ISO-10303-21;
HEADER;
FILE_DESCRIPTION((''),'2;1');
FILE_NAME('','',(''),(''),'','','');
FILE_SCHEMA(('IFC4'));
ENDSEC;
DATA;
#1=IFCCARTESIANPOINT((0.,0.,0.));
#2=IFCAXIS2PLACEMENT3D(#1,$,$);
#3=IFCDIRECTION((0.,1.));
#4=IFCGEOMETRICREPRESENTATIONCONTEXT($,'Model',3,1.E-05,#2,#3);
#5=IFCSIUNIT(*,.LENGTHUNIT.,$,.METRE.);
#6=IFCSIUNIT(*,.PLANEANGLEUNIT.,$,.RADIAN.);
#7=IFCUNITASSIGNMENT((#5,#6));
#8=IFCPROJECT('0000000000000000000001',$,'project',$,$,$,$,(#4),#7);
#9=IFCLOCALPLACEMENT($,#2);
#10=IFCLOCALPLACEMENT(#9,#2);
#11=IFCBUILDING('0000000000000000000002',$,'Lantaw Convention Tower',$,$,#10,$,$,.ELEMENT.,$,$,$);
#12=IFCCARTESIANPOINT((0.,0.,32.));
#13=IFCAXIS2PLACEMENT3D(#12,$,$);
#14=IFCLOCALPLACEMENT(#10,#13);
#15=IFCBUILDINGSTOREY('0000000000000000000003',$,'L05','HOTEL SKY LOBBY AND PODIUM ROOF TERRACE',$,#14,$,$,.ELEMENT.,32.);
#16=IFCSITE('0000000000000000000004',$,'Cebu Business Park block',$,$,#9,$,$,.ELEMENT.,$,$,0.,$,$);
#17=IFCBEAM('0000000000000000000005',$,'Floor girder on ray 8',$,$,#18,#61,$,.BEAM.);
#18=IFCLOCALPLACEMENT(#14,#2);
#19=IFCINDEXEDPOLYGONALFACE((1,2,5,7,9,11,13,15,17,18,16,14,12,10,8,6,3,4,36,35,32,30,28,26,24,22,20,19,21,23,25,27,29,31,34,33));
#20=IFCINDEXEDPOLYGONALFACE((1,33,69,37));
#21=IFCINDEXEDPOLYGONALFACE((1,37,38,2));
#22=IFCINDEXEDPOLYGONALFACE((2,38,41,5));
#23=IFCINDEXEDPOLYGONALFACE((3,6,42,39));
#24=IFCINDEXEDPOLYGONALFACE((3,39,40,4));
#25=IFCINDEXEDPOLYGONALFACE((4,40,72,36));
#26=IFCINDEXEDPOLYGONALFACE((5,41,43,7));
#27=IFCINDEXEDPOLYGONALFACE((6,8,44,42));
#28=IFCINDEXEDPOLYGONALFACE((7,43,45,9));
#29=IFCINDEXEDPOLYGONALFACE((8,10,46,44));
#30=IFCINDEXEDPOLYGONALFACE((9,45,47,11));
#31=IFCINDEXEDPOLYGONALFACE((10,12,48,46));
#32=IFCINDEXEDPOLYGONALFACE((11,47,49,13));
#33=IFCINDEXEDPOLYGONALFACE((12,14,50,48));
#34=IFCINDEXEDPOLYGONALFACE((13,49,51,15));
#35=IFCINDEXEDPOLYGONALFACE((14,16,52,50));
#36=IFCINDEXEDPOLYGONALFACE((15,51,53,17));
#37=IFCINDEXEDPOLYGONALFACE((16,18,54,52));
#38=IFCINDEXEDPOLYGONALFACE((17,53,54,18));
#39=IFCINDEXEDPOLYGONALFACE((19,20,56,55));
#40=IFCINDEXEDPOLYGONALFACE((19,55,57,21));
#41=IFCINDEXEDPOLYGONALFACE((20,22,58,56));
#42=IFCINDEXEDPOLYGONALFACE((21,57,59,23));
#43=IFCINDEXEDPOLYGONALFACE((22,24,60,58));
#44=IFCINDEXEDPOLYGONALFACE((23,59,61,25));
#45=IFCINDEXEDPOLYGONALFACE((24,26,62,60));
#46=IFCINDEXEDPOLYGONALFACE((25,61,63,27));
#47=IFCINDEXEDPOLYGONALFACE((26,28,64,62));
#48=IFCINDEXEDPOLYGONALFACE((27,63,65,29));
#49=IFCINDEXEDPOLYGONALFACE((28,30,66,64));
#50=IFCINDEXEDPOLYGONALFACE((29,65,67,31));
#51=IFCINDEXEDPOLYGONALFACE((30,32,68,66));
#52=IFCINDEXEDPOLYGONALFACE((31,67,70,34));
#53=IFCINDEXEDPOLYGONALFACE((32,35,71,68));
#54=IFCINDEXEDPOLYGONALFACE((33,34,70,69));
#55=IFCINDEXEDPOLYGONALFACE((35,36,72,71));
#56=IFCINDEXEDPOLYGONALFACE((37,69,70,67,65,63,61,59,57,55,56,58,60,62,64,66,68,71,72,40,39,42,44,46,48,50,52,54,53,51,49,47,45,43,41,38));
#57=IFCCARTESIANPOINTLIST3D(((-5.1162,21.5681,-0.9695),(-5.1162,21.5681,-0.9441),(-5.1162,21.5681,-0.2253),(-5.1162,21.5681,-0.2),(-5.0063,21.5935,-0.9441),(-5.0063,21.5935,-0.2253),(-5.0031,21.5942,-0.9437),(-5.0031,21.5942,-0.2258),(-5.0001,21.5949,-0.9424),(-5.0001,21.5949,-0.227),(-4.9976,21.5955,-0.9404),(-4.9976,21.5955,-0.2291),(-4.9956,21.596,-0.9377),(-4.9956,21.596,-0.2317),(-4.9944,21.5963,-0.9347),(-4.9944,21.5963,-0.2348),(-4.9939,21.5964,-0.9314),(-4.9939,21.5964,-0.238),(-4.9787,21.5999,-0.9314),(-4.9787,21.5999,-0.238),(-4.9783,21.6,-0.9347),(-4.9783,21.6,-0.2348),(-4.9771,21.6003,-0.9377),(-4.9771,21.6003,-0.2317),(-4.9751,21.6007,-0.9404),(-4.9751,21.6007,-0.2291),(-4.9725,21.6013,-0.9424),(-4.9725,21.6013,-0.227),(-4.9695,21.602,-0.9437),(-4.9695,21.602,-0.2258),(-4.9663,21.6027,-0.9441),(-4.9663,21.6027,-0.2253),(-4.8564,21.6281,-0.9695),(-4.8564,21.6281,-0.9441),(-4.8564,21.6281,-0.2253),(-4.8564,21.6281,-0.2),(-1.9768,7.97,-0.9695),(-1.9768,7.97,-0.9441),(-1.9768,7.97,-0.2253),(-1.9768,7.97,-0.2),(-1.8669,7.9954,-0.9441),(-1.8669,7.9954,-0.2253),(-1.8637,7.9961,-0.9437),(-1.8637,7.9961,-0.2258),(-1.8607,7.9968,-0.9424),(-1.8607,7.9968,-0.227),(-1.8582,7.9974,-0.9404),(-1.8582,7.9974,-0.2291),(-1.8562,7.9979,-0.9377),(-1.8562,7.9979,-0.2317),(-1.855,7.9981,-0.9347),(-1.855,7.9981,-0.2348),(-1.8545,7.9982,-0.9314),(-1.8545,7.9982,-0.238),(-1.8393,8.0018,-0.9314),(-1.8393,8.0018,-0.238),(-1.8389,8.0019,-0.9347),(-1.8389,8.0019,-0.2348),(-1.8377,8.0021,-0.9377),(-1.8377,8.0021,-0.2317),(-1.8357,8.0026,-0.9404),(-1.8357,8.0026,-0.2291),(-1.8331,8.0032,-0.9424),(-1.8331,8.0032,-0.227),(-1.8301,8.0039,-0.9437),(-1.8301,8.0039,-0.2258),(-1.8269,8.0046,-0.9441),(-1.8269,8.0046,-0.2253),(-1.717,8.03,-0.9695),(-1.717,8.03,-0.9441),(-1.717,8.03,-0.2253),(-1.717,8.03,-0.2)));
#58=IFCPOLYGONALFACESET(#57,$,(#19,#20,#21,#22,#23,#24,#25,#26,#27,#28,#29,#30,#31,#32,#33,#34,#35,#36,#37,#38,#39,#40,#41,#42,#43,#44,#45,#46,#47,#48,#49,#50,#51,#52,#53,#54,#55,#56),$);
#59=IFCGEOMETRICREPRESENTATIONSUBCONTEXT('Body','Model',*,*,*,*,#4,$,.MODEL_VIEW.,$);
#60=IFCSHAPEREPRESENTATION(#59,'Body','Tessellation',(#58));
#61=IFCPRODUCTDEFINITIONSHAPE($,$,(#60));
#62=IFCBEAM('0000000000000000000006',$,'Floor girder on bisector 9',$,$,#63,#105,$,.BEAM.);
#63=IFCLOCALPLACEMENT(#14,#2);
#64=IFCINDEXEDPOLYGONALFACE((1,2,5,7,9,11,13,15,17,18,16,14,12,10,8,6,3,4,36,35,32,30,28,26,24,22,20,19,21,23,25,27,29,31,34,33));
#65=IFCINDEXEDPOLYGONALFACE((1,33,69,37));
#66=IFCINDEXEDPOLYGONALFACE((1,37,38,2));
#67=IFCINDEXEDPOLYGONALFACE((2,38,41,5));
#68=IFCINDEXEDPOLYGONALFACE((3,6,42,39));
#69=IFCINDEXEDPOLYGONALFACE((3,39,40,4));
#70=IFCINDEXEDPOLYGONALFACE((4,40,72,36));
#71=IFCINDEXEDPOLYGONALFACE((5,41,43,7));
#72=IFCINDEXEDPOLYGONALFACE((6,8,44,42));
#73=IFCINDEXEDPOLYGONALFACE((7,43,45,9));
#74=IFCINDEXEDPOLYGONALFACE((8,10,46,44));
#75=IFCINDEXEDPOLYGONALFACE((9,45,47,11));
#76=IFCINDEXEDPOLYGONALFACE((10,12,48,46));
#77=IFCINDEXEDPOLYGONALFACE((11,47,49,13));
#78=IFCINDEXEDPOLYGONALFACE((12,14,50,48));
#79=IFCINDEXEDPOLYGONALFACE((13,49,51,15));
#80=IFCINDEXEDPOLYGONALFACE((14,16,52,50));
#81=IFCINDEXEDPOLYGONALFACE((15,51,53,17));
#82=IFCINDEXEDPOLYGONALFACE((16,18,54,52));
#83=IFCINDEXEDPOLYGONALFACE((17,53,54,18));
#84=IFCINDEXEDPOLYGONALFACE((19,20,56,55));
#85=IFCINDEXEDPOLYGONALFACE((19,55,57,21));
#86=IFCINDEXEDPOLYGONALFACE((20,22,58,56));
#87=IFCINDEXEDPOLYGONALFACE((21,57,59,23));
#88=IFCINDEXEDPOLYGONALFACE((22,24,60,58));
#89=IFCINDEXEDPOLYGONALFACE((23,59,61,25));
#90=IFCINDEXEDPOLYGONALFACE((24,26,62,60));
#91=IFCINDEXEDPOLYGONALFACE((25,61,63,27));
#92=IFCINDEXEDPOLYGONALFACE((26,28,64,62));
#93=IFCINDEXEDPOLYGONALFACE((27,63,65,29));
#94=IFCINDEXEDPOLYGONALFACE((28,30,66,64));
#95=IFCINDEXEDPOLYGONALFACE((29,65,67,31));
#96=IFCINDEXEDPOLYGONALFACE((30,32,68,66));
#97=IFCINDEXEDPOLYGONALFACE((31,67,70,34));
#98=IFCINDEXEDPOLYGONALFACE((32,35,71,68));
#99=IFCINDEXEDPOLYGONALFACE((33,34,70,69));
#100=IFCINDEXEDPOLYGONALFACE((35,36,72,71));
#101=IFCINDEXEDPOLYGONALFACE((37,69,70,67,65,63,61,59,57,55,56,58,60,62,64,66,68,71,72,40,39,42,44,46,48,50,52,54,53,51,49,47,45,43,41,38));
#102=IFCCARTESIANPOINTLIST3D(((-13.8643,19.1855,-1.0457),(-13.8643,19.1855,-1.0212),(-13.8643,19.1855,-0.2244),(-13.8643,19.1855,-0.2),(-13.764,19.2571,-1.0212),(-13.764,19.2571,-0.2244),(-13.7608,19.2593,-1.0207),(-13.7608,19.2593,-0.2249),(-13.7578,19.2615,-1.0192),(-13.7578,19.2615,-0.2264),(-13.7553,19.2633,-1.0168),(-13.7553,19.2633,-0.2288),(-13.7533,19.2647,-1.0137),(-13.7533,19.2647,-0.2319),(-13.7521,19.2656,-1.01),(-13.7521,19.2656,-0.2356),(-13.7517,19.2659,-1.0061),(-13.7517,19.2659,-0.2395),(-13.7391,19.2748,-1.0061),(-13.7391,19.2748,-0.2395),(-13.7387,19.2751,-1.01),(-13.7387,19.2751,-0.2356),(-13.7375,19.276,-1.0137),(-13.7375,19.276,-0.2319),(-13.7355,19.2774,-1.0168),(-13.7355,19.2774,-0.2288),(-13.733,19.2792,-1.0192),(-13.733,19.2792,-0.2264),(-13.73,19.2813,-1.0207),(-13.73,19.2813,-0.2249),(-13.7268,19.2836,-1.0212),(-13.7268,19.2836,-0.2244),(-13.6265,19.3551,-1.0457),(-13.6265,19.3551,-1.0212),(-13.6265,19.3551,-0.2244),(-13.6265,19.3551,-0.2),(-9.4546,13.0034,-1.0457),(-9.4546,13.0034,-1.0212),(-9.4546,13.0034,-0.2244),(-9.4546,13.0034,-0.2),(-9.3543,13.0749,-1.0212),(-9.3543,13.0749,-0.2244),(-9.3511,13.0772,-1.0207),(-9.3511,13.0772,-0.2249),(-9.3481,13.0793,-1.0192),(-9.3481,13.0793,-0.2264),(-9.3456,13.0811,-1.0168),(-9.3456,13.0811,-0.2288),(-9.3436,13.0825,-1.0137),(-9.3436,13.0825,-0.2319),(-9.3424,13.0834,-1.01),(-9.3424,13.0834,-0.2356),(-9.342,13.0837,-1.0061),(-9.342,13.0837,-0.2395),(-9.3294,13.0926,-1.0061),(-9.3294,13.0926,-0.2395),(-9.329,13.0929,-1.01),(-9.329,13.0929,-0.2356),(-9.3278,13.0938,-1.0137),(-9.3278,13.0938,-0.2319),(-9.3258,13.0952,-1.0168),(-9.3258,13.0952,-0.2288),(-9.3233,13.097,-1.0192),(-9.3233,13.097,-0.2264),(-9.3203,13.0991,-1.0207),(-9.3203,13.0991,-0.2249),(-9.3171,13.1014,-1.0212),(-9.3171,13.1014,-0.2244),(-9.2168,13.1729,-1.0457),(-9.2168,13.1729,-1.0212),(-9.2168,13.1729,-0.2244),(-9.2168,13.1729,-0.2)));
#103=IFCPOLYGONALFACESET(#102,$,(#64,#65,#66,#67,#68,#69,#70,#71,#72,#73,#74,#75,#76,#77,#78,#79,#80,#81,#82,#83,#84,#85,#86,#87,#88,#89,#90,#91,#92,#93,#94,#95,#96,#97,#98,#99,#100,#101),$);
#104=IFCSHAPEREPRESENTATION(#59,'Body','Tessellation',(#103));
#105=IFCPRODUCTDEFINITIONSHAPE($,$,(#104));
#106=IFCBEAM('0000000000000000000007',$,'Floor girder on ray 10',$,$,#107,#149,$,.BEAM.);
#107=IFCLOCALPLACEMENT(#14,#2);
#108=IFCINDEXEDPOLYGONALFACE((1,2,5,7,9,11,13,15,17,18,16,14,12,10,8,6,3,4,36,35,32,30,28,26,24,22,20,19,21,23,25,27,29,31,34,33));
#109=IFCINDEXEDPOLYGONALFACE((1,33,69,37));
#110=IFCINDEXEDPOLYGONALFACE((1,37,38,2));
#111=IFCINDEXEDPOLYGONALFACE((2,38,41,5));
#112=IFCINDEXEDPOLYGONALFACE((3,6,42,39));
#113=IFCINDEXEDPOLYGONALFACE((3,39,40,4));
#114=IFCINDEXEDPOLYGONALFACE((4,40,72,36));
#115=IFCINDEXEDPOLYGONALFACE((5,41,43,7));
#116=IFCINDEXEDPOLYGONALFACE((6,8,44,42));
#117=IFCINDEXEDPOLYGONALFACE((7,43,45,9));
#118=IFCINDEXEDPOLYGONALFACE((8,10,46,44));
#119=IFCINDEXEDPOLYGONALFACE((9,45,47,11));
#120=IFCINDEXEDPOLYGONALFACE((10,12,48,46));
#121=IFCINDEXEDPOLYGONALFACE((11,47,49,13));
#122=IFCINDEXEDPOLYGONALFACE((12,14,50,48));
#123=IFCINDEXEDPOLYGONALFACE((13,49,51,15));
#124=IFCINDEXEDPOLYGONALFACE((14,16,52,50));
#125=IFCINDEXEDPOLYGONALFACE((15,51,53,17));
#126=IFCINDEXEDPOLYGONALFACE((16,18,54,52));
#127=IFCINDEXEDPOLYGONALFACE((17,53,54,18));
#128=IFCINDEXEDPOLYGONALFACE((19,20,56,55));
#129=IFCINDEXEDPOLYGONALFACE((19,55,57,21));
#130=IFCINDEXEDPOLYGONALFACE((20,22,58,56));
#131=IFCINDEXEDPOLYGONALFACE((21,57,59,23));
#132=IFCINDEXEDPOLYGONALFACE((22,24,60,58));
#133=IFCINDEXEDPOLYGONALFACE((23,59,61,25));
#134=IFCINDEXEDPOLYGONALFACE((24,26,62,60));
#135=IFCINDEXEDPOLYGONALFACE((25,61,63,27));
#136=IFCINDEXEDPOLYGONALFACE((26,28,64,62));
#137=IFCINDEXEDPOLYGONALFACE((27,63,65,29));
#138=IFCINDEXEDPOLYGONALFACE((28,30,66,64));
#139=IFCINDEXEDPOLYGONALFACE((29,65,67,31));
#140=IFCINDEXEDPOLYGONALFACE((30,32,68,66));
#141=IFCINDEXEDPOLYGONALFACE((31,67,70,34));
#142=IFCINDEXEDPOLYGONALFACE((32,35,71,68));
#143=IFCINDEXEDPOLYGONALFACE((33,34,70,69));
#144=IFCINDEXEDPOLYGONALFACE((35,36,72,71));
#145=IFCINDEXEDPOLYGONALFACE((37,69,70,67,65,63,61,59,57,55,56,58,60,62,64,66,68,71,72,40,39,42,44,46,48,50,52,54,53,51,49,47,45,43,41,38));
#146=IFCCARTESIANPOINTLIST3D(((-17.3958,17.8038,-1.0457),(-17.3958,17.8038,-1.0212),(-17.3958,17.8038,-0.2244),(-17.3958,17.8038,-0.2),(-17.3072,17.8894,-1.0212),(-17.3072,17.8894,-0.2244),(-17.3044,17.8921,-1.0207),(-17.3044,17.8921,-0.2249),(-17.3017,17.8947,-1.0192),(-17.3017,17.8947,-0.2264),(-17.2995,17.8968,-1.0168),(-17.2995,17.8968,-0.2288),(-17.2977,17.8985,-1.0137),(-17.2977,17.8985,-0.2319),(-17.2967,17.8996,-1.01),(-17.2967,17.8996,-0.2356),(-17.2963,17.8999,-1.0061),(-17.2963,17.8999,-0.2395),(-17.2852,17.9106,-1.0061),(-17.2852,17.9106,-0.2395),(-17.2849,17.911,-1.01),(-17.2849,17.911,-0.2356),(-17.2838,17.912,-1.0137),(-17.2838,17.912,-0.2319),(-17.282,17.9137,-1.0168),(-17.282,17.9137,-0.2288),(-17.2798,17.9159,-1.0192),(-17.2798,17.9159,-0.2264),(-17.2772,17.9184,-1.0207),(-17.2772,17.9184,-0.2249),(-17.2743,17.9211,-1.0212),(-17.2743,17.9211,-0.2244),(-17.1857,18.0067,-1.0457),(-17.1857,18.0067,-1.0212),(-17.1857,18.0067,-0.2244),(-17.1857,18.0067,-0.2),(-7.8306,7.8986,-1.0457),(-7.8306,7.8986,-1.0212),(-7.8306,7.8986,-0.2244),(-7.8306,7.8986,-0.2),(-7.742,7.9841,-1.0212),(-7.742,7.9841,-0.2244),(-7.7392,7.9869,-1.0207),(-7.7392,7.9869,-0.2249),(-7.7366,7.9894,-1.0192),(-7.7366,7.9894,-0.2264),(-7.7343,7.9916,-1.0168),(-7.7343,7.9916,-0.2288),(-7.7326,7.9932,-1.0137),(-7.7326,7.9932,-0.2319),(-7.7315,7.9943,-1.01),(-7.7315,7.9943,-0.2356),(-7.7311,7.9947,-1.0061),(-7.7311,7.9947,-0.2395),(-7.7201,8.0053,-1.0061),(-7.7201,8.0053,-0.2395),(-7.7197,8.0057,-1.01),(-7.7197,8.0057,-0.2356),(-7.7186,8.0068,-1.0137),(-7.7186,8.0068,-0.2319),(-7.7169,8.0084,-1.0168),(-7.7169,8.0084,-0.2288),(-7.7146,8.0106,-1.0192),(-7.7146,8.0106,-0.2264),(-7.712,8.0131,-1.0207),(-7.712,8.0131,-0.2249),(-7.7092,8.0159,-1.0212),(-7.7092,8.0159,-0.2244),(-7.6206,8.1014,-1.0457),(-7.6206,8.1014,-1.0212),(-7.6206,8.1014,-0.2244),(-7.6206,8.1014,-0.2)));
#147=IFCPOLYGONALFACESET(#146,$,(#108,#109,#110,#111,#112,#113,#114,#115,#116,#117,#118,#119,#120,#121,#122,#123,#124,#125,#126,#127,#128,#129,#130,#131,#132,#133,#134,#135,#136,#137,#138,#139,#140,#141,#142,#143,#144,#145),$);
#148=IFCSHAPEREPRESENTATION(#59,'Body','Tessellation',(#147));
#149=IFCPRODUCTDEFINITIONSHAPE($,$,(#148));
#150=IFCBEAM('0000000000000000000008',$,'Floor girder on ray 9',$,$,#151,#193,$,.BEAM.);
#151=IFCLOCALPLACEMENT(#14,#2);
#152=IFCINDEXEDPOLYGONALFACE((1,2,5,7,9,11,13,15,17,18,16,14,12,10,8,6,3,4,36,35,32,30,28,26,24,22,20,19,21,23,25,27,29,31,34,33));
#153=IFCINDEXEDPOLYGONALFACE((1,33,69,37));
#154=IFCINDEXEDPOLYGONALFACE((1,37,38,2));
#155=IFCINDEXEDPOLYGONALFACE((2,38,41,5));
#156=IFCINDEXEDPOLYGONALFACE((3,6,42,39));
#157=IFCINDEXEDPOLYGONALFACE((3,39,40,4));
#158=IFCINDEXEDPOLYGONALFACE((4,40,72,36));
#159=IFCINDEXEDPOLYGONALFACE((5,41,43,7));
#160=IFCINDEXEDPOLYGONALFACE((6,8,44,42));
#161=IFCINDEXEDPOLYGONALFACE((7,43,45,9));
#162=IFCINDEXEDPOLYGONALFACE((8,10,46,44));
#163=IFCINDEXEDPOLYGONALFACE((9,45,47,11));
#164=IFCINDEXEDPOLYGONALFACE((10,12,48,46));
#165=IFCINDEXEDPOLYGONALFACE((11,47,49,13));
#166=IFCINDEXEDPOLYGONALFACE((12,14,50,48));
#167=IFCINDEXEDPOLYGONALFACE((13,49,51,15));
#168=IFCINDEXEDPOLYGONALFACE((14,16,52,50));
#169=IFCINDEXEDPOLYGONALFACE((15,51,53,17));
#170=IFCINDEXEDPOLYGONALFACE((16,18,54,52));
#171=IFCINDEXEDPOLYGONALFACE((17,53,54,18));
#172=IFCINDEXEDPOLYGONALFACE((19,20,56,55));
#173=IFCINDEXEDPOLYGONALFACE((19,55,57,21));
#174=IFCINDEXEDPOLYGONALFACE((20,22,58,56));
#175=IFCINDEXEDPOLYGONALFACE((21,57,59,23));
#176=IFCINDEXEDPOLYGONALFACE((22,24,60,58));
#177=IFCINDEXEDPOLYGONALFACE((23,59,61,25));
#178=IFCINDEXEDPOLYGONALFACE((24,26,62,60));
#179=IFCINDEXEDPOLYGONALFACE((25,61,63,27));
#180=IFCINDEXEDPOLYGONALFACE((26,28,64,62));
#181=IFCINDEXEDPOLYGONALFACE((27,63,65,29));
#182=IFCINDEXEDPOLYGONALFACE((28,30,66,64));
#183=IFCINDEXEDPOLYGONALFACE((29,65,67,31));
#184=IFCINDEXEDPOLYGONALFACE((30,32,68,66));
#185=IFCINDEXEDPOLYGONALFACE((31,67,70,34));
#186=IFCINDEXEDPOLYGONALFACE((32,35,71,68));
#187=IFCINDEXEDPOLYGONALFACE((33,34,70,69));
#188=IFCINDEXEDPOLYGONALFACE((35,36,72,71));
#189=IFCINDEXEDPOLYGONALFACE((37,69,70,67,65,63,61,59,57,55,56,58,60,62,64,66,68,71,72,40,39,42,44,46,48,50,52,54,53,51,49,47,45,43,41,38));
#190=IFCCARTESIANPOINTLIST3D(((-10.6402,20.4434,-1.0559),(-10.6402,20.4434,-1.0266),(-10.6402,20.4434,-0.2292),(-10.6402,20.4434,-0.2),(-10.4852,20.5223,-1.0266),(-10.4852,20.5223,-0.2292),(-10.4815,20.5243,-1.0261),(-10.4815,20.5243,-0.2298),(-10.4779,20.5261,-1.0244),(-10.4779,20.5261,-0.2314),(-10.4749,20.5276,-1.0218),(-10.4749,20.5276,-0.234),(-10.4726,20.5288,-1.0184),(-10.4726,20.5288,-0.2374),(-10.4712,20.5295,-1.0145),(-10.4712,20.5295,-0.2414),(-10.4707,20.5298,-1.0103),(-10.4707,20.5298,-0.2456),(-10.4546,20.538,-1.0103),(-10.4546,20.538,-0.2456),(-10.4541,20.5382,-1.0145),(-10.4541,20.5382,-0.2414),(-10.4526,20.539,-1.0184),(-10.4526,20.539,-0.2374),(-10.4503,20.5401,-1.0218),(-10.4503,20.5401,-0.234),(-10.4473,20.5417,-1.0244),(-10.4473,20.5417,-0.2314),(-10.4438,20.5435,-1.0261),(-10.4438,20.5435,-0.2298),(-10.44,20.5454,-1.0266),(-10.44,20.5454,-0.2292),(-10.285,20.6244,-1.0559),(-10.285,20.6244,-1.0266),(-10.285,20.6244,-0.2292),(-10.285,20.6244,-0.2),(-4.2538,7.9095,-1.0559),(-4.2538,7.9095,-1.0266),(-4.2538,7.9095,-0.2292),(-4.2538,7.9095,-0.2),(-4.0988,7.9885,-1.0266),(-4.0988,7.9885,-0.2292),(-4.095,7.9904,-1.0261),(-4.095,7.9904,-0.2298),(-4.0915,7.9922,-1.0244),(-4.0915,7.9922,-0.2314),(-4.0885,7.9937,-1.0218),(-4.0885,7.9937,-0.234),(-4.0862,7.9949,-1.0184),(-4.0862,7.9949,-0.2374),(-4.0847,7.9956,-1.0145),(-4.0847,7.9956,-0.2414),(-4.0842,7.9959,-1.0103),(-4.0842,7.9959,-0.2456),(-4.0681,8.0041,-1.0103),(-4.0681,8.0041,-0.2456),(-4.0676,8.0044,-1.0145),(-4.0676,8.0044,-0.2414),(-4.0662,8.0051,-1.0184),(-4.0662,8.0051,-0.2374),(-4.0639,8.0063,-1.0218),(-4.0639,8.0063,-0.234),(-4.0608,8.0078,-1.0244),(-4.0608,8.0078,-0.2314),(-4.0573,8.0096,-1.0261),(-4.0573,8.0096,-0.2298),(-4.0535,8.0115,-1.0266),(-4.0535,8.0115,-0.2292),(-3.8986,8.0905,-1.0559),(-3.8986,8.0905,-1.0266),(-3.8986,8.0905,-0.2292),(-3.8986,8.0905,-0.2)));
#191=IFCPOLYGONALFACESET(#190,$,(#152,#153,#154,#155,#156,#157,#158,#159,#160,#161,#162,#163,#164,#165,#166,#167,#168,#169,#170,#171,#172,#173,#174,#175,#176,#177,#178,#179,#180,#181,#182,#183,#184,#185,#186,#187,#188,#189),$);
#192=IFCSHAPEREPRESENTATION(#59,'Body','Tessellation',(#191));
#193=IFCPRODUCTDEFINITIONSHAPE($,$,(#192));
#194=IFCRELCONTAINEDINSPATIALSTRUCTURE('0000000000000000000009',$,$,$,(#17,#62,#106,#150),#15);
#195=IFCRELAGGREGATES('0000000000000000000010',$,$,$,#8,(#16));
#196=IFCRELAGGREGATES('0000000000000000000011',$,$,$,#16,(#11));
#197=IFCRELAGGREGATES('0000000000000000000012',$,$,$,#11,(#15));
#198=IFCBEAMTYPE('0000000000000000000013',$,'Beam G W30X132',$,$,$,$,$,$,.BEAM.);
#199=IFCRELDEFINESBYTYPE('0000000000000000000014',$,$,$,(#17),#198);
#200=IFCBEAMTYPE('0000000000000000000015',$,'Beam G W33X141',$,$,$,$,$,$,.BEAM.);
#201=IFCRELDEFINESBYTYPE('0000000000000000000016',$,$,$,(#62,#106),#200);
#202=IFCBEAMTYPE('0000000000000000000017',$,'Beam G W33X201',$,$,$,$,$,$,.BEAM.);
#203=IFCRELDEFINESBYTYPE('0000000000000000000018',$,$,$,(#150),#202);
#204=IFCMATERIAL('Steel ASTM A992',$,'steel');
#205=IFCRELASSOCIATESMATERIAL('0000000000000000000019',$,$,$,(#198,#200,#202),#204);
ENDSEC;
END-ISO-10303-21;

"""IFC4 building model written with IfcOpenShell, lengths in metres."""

from ifc_helpers import new_model, si_unit, direction, frame, origin, origin_2d, place, context, subcontext, project, spatial, i_section, extrude, material, material_profile, profile_set, type_object, element, save


model = new_model("IFC4")

# Units and contexts
model_context = context("Model", 3, precision=1e-05, world=origin(), true_north=direction((0.0, 1.0)))
body_context = subcontext(model_context, "Body", "Model", "MODEL_VIEW")
ifc_project = project(units=[si_unit("LENGTHUNIT", "METRE"), si_unit("PLANEANGLEUNIT", "RADIAN")], contexts=[model_context])

# Site, building, storey
site_placement = place(None, origin())
site = spatial("IfcSite", under=ifc_project, at=site_placement, Name="Cebu Business Park block", CompositionType="ELEMENT", RefElevation=0.0)
building_placement = place(site_placement, origin())
building = spatial("IfcBuilding", under=site, at=building_placement, Name="Lantaw Convention Tower", CompositionType="ELEMENT")
storey_placement = place(building_placement, frame((0.0, 0.0, 32.0)))
storey = spatial("IfcBuildingStorey", under=building, at=storey_placement, Name="L05", Description="HOTEL SKY LOBBY AND PODIUM ROOF TERRACE", CompositionType="ELEMENT", Elevation=32.0)

# Beams
ifc_material_1 = material(Name="Steel ASTM A992", Category="steel")
ifc_material_profile_1 = material_profile(ifc_material_1, i_section(OverallWidth=0.2666, OverallDepth=0.7695, WebThickness=0.0156, FlangeThickness=0.0254, FilletRadius=0.0127, at=origin_2d()), Name="W30X132")
ifc_profile_set_1 = profile_set([ifc_material_profile_1], Name="Steel ASTM A992")
beam_type_1 = type_object("IfcBeamType", Name="Beam G W30X132", PredefinedType="BEAM", material=ifc_profile_set_1)
beam_1_placement = place(storey_placement, frame((-1.8469, 8.0, -0.5847), z_axis=(-0.224953, 0.97437, 0.0), x_axis=(-0.97437, -0.224953, 0.0)))
element("IfcBeam", 1, at=beam_1_placement, inside=storey, type_object=beam_type_1, Name="Floor girder on ray 8", PredefinedType="BEAM", context=body_context, shape_type="SweptSolid", body=[
    extrude(i_section(OverallWidth=0.2666, OverallDepth=0.7695, WebThickness=0.0156, FlangeThickness=0.0254, FilletRadius=0.0127, at=origin_2d()), origin(), (0.0, 0.0, 1.0), 13.9558),
])
ifc_material_profile_2 = material_profile(ifc_material_1, i_section(OverallWidth=0.292, OverallDepth=0.8457, WebThickness=0.0154, FlangeThickness=0.0244, FilletRadius=0.0151, at=origin_2d()), Name="W33X141")
ifc_profile_set_2 = profile_set([ifc_material_profile_2], Name="Steel ASTM A992")
beam_type_2 = type_object("IfcBeamType", Name="Beam G W33X141", PredefinedType="BEAM", material=ifc_profile_set_2)
beam_2_placement = place(storey_placement, frame((-9.3357, 13.0881, -0.6228), z_axis=(-0.580703, 0.814116, 0.0), x_axis=(-0.814116, -0.580703, 0.0)))
element("IfcBeam", 2, at=beam_2_placement, inside=storey, type_object=beam_type_2, Name="Floor girder on bisector 9", PredefinedType="BEAM", context=body_context, shape_type="SweptSolid", body=[
    extrude(i_section(OverallWidth=0.292, OverallDepth=0.8457, WebThickness=0.0154, FlangeThickness=0.0244, FilletRadius=0.0151, at=origin_2d()), origin(), (0.0, 0.0, 1.0), 7.5938),
])
beam_3_placement = place(storey_placement, frame((-7.7256, 8.0, -0.6228), z_axis=(-0.69465, 0.719348, 0.0), x_axis=(-0.719348, -0.69465, 0.0)))
element("IfcBeam", 3, at=beam_3_placement, inside=storey, type_object=beam_type_2, Name="Floor girder on ray 10", PredefinedType="BEAM", context=body_context, shape_type="SweptSolid", body=[
    extrude(i_section(OverallWidth=0.292, OverallDepth=0.8457, WebThickness=0.0154, FlangeThickness=0.0244, FilletRadius=0.0151, at=origin_2d()), origin(), (0.0, 0.0, 1.0), 13.7698),
])
ifc_material_profile_3 = material_profile(ifc_material_1, i_section(OverallWidth=0.3987, OverallDepth=0.856, WebThickness=0.0181, FlangeThickness=0.0293, FilletRadius=0.0164, at=origin_2d()), Name="W33X201")
ifc_profile_set_3 = profile_set([ifc_material_profile_3], Name="Steel ASTM A992")
beam_type_3 = type_object("IfcBeamType", Name="Beam G W33X201", PredefinedType="BEAM", material=ifc_profile_set_3)
beam_4_placement = place(storey_placement, frame((-4.0762, 8.0, -0.6279), z_axis=(-0.453997, 0.891003, 0.0), x_axis=(-0.891003, -0.453997, 0.0)))
element("IfcBeam", 4, at=beam_4_placement, inside=storey, type_object=beam_type_3, Name="Floor girder on ray 9", PredefinedType="BEAM", context=body_context, shape_type="SweptSolid", body=[
    extrude(i_section(OverallWidth=0.3987, OverallDepth=0.856, WebThickness=0.0181, FlangeThickness=0.0293, FilletRadius=0.0164, at=origin_2d()), origin(), (0.0, 0.0, 1.0), 14.0671),
])

save(model, "model.ifc")
